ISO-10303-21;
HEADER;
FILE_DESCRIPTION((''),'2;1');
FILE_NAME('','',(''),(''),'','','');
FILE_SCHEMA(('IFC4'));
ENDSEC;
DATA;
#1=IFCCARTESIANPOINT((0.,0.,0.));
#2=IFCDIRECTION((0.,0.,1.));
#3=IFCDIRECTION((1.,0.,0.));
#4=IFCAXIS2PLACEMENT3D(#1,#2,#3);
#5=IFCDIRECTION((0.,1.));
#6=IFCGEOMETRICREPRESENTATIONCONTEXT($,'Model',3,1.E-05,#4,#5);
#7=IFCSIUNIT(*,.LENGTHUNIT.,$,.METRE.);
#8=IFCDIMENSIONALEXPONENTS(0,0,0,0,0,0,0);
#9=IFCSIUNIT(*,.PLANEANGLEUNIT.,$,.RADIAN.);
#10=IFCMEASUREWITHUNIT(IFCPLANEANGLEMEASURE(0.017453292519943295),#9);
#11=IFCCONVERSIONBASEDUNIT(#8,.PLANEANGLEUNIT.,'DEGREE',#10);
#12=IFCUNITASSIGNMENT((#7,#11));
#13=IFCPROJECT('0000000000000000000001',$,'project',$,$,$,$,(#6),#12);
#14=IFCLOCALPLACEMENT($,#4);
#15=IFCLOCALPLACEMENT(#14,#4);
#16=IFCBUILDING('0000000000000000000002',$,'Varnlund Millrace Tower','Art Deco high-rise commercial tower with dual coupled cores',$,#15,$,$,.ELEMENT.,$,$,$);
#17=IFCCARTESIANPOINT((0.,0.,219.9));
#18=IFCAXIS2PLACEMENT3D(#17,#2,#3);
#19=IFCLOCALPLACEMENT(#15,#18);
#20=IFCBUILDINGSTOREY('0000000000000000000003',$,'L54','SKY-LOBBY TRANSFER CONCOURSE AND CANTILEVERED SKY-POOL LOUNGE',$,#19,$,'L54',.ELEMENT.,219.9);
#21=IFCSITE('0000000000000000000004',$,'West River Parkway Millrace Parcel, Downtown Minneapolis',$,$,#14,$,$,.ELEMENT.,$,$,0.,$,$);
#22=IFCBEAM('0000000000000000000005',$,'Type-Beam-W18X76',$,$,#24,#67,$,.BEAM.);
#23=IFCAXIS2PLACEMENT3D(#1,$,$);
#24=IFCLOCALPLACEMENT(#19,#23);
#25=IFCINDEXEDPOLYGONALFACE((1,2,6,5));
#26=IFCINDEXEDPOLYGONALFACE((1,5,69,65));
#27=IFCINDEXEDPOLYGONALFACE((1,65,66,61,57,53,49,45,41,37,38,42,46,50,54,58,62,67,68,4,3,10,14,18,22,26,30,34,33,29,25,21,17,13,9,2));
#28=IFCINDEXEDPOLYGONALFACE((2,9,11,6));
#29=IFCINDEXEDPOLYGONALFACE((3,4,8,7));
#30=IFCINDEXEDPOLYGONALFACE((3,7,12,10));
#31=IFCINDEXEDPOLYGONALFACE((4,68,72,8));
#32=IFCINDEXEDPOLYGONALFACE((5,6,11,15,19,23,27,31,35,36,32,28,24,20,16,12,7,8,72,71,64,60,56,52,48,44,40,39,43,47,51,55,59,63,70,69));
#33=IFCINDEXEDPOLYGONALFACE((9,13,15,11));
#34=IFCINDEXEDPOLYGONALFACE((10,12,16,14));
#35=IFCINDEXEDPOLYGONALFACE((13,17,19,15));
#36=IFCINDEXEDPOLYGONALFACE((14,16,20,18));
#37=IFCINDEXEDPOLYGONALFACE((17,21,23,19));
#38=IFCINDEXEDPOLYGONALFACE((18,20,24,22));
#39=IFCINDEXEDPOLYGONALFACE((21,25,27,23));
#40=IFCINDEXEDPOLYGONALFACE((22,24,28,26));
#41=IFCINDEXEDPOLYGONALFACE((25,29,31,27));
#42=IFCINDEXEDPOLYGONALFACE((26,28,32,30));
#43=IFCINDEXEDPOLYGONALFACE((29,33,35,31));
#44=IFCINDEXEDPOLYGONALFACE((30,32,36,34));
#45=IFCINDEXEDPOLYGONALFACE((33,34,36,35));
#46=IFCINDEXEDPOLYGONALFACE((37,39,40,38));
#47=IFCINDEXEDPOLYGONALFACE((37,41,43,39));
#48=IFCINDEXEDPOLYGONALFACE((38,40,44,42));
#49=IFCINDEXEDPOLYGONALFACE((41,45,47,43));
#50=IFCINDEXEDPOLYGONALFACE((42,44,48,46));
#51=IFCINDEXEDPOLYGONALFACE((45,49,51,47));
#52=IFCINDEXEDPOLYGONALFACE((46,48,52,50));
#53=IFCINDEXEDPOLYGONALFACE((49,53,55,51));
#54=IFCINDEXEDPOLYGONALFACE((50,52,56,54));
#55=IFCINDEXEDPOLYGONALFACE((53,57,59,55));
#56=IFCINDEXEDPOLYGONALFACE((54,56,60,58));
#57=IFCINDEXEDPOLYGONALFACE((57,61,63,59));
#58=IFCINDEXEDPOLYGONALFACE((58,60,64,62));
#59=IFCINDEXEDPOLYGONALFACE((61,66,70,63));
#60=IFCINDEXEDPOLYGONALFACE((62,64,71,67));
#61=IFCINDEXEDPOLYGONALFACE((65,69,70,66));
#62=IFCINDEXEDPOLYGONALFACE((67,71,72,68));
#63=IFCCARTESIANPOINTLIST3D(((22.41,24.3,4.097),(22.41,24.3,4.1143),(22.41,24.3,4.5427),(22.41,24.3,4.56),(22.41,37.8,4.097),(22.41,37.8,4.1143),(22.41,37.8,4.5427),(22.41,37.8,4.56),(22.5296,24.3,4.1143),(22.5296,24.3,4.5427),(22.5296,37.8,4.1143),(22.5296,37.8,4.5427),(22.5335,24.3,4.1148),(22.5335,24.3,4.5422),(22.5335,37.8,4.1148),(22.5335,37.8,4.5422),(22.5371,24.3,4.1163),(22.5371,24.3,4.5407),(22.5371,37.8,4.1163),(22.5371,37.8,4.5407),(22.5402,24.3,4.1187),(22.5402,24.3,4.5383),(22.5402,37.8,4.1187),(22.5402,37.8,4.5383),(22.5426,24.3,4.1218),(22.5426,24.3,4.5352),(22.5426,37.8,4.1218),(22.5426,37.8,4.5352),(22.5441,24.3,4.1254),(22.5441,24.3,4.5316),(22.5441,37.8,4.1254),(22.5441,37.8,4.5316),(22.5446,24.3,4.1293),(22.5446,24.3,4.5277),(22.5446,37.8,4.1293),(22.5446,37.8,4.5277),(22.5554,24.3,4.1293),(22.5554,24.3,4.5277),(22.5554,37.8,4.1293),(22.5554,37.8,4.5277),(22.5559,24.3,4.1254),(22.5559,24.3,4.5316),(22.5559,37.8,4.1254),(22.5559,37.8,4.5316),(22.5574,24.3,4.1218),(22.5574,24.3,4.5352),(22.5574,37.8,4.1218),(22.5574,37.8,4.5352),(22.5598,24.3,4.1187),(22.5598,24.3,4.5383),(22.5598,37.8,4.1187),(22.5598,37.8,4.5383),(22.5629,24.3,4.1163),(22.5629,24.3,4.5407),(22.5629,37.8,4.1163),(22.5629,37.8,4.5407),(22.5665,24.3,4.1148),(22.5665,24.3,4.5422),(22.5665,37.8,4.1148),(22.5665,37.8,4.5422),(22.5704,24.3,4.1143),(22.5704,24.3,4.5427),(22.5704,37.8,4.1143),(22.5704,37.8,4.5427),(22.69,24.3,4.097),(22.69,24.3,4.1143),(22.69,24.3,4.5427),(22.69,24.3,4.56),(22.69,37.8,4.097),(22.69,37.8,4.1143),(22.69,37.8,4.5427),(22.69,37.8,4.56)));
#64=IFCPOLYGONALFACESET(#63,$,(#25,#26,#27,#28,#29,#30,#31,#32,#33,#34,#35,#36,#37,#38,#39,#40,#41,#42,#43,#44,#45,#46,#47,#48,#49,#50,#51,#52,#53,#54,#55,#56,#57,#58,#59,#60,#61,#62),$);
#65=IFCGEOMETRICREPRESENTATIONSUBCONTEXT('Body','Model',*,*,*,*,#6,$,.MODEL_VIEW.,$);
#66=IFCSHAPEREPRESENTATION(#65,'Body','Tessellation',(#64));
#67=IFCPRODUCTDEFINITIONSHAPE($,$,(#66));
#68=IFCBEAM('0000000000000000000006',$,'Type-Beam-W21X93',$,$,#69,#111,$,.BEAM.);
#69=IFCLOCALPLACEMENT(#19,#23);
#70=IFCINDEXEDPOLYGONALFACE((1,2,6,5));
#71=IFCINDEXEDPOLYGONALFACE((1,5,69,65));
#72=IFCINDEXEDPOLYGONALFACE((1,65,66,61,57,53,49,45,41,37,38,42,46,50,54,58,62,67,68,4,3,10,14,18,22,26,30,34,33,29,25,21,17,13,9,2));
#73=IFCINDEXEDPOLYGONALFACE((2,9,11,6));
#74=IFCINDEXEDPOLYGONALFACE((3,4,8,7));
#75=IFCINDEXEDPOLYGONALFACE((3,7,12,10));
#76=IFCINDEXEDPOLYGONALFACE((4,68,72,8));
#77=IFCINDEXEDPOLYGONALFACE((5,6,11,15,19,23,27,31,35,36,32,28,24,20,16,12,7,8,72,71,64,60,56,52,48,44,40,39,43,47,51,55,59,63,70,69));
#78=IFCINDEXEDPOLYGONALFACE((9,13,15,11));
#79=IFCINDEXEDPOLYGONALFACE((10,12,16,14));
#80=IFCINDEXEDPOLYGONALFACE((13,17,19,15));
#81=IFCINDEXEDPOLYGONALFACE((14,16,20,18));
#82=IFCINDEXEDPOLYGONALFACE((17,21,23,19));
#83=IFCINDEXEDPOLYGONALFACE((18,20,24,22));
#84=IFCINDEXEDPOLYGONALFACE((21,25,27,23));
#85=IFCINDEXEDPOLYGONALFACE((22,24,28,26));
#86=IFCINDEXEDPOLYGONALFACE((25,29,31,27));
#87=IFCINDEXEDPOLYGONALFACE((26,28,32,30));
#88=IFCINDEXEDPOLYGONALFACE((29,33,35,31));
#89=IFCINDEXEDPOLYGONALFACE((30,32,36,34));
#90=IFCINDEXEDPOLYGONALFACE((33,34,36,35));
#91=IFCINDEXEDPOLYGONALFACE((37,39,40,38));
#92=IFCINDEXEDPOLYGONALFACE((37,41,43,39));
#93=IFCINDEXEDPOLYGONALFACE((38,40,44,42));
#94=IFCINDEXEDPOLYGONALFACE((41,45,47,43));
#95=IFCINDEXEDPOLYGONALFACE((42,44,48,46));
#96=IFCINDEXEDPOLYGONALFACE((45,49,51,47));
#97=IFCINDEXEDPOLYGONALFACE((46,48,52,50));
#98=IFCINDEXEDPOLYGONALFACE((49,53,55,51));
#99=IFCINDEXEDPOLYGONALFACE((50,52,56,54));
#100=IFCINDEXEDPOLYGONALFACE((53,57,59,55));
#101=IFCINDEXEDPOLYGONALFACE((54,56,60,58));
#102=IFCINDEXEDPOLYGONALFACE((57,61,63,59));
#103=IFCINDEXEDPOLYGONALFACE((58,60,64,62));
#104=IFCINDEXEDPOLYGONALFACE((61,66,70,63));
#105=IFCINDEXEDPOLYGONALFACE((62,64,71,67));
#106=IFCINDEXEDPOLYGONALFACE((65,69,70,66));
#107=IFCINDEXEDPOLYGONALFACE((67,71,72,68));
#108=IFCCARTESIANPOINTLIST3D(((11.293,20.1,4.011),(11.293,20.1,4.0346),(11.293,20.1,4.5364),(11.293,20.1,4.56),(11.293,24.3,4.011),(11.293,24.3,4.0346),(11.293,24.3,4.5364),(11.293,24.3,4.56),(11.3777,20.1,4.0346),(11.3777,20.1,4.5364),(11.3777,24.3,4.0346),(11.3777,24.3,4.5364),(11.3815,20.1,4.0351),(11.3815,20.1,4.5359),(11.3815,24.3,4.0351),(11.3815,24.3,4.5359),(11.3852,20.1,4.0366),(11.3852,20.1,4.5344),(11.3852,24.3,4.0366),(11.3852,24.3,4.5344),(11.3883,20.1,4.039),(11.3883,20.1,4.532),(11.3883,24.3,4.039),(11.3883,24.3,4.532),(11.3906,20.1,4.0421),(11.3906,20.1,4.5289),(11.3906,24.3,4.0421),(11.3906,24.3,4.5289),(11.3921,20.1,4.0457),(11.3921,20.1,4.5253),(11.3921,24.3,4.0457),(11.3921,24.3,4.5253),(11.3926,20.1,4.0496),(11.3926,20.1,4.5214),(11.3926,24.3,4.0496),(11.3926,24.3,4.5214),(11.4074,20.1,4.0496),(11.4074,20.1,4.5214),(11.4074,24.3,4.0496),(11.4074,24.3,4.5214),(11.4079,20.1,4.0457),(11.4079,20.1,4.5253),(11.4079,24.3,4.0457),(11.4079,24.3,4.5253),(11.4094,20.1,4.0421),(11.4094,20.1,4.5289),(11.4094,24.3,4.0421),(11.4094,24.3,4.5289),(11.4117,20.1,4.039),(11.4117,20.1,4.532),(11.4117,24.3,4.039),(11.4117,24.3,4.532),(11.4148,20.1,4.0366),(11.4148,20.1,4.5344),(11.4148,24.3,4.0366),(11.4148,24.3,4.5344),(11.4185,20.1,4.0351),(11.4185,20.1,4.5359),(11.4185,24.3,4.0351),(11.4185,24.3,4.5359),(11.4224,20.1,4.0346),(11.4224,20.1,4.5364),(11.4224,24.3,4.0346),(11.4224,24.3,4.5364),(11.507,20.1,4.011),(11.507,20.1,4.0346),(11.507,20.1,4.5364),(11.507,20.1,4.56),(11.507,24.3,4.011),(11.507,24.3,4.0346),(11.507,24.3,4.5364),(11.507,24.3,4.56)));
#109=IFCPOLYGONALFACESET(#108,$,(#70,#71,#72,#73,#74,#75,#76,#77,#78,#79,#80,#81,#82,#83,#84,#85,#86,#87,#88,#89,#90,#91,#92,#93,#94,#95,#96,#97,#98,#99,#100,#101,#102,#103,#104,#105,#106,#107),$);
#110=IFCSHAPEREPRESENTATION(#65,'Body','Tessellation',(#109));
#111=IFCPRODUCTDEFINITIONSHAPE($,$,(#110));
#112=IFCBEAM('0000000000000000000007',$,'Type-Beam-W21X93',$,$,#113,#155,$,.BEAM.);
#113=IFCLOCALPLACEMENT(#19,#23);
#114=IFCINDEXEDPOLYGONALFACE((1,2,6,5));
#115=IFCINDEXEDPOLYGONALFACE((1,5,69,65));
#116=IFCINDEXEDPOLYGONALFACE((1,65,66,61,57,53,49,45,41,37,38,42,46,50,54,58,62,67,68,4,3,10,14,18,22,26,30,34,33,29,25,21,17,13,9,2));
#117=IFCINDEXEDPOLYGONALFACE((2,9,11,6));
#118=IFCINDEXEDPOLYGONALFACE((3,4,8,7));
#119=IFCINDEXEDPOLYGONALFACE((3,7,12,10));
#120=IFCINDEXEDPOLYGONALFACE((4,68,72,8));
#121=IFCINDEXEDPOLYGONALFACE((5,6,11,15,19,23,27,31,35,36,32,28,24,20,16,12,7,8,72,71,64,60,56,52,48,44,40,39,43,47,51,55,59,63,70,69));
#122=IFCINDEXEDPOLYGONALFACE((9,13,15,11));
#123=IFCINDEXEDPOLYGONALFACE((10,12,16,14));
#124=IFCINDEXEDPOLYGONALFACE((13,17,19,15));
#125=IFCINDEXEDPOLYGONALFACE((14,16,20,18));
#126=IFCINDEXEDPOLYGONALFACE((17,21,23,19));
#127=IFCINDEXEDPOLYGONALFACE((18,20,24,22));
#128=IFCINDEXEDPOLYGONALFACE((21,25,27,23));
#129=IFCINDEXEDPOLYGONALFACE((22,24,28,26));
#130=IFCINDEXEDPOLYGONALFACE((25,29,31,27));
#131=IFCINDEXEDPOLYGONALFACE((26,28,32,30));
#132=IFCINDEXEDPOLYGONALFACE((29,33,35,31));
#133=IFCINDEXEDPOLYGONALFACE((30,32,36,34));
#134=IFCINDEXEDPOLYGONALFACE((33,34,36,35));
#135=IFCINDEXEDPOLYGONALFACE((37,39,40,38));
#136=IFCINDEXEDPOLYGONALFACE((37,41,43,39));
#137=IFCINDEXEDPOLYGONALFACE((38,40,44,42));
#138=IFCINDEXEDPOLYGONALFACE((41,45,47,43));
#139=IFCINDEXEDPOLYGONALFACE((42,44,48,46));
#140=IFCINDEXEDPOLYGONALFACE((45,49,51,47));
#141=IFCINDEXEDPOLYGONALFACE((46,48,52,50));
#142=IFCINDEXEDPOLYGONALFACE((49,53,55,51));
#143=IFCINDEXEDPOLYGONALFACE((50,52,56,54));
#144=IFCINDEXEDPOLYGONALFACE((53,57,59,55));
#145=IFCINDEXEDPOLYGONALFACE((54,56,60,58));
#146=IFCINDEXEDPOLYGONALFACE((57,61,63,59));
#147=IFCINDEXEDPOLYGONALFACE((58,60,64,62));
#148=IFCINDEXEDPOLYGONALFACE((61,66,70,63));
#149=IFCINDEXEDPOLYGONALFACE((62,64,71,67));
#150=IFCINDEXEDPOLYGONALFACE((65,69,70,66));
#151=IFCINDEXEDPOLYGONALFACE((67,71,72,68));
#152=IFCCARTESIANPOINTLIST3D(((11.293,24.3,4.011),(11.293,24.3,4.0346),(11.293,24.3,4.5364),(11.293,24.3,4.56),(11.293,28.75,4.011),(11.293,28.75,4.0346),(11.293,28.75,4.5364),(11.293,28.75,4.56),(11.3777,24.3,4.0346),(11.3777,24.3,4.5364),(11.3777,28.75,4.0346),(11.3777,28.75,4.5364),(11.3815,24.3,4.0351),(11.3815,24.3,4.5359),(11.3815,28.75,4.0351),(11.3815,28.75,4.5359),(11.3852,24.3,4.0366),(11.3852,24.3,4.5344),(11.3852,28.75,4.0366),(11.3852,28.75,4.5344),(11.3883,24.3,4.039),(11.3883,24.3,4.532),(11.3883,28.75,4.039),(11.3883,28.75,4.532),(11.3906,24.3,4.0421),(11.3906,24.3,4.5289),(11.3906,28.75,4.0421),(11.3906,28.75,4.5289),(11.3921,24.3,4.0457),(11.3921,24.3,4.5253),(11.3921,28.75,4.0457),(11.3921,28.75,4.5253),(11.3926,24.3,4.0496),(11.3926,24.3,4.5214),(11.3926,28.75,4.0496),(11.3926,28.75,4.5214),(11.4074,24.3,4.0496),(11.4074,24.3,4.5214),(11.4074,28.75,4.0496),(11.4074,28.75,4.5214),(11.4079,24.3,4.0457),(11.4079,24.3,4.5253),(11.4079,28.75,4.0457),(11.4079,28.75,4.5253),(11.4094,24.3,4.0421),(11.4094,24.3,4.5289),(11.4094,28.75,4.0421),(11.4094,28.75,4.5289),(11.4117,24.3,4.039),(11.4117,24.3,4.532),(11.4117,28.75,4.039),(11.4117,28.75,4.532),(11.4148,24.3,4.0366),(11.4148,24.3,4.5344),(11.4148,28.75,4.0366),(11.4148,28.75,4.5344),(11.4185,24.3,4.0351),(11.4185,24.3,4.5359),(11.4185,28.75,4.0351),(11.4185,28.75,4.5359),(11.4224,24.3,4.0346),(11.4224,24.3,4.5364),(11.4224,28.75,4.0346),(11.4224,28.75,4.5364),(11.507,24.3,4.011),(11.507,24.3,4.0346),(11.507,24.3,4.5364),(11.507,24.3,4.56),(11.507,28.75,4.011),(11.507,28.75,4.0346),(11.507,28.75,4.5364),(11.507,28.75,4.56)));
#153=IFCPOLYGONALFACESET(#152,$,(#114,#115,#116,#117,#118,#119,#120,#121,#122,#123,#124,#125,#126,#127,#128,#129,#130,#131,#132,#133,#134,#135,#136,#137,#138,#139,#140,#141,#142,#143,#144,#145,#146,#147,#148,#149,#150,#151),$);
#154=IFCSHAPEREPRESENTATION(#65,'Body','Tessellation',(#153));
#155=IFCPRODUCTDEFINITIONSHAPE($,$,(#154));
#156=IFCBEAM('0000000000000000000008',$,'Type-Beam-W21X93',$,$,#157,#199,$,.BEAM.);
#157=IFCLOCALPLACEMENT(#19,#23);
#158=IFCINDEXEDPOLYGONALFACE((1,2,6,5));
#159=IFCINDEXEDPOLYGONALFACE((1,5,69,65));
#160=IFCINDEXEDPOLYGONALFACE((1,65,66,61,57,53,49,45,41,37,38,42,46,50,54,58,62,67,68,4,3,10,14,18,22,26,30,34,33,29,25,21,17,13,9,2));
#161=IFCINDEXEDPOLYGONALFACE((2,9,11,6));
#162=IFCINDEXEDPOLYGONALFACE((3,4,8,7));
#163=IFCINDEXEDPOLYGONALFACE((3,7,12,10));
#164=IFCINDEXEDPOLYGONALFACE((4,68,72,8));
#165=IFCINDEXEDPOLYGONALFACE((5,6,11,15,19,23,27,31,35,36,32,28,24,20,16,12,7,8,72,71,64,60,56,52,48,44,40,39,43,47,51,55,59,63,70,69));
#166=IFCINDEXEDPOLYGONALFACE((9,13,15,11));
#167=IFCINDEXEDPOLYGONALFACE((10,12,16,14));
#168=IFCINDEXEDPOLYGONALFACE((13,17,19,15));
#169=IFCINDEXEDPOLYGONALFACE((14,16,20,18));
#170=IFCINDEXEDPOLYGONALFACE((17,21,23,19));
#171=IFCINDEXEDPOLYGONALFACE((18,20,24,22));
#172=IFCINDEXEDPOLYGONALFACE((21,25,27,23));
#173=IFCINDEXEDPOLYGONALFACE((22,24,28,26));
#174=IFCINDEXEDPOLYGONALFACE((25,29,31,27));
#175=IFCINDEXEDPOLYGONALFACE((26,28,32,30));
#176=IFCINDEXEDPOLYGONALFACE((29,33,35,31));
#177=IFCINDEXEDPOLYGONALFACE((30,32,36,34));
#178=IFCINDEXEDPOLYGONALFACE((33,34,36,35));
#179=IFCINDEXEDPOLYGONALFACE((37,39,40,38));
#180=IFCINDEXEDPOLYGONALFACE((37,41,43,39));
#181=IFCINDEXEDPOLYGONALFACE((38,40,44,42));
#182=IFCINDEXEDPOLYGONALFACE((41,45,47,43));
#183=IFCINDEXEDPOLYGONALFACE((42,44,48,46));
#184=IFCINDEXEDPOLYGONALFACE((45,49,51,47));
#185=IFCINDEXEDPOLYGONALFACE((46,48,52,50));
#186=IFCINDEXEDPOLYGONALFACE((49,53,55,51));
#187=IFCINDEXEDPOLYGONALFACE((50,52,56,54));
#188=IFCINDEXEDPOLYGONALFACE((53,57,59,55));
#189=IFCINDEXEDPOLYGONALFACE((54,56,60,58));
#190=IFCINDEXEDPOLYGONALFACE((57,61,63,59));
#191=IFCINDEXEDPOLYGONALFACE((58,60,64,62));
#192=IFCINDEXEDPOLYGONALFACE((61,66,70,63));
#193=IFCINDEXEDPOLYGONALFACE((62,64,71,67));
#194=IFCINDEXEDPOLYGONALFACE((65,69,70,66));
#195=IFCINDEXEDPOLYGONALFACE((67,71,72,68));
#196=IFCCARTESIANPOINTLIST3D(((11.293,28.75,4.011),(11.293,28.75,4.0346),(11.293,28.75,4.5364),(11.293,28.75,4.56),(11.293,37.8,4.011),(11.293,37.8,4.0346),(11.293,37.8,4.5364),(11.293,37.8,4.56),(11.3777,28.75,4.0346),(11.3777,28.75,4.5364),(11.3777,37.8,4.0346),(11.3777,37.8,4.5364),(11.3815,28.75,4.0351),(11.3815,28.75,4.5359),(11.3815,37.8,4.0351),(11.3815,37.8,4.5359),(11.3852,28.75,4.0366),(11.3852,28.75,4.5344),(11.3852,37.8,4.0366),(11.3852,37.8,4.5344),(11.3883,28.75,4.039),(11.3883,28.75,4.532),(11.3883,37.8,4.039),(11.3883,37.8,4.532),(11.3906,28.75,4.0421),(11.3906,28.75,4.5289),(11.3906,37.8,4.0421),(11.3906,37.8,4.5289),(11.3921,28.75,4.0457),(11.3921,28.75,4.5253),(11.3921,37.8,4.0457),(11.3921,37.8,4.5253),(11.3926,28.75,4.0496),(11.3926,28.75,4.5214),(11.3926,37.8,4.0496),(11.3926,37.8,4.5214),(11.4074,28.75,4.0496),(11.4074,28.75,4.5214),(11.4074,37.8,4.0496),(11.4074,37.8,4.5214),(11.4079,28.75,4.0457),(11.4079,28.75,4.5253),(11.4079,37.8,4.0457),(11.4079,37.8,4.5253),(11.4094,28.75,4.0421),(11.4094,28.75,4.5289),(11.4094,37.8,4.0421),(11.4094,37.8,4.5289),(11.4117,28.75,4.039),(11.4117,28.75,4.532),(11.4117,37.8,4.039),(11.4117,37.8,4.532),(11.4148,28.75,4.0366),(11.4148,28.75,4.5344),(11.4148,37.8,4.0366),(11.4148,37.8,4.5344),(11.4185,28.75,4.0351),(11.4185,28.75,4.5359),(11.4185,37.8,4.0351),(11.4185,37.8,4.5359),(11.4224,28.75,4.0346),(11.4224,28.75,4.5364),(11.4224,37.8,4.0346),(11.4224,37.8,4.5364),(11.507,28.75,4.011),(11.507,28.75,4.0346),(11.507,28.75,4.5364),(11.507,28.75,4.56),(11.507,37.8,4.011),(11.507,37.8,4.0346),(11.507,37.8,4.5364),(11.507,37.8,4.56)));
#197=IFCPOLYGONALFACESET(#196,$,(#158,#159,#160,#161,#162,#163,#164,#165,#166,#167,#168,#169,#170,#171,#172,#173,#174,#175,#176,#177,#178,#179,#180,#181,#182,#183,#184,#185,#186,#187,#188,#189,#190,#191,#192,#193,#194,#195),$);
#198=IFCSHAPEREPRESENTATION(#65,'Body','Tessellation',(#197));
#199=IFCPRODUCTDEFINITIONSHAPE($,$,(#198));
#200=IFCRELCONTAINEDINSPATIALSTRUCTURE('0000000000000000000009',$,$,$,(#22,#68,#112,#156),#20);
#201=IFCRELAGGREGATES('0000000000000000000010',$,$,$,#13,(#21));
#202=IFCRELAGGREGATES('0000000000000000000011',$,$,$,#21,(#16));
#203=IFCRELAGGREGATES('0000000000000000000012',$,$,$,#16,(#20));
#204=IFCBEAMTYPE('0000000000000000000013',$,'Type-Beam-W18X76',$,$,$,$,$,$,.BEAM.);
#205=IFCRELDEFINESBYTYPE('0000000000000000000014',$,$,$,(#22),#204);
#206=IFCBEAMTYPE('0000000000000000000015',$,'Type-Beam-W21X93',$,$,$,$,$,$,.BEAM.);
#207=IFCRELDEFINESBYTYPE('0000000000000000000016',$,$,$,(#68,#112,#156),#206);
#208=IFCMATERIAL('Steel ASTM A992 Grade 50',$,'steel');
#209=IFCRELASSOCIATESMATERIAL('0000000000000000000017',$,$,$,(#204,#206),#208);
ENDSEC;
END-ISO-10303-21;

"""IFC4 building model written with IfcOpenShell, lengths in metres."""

from ifc_helpers import new_model, entity, si_unit, converted_unit, direction, frame, origin_with_axes, origin_2d_with_axis, place, context, subcontext, project, spatial, i_section, extrude, material, material_profile, profile_set, type_object, element, save


model = new_model("IFC4")

# Units and contexts
model_context = context("Model", 3, precision=1e-05, world=origin_with_axes(), true_north=direction((0.0, 1.0)))
body_context = subcontext(model_context, "Body", "Model", "MODEL_VIEW")
ifc_project = project(units=[si_unit("LENGTHUNIT", "METRE"), converted_unit("PLANEANGLEUNIT", "DEGREE", entity("IfcPlaneAngleMeasure", 0.017453292519943295), si_unit("PLANEANGLEUNIT", "RADIAN"), dimensions=[0, 0, 0, 0, 0, 0, 0])], contexts=[model_context])

# Site, building, storey
site_placement = place(None, origin_with_axes())
site = spatial("IfcSite", under=ifc_project, at=site_placement, Name="West River Parkway Millrace Parcel, Downtown Minneapolis", CompositionType="ELEMENT", RefElevation=0.0)
building_placement = place(site_placement, origin_with_axes())
building = spatial("IfcBuilding", under=site, at=building_placement, Name="Varnlund Millrace Tower", Description="Art Deco high-rise commercial tower with dual coupled cores", CompositionType="ELEMENT")
storey_placement = place(building_placement, frame((0.0, 0.0, 219.9), z_axis=(0.0, 0.0, 1.0), x_axis=(1.0, 0.0, 0.0)))
storey = spatial("IfcBuildingStorey", under=building, at=storey_placement, Name="L54", Description="SKY-LOBBY TRANSFER CONCOURSE AND CANTILEVERED SKY-POOL LOUNGE", LongName="L54", CompositionType="ELEMENT", Elevation=219.9)

# Beams
ifc_material_1 = material(Name="Steel ASTM A992 Grade 50", Category="steel")
ifc_material_profile_1 = material_profile(ifc_material_1, i_section(OverallWidth=0.28, OverallDepth=0.463, WebThickness=0.0108, FlangeThickness=0.0173, FilletRadius=0.015, at=origin_2d_with_axis()), Name="Steel ASTM A992 Grade 50")
ifc_profile_set_1 = profile_set([ifc_material_profile_1], Name="Steel ASTM A992 Grade 50")
beam_type_1 = type_object("IfcBeamType", Name="Type-Beam-W18X76", PredefinedType="BEAM", material=ifc_profile_set_1)
beam_1_placement = place(storey_placement, frame((22.55, 24.3, 4.3285), z_axis=(0.0, 1.0, 0.0), x_axis=(-1.0, 0.0, 0.0)))
element("IfcBeam", 1, at=beam_1_placement, inside=storey, type_object=beam_type_1, Name="Type-Beam-W18X76", PredefinedType="BEAM", context=body_context, shape_type="SweptSolid", body=[
    extrude(i_section(OverallWidth=0.28, OverallDepth=0.463, WebThickness=0.0108, FlangeThickness=0.0173, FilletRadius=0.015, at=origin_2d_with_axis()), origin_with_axes(), (0.0, 0.0, 1.0), 13.5),
])
ifc_material_profile_2 = material_profile(ifc_material_1, i_section(OverallWidth=0.214, OverallDepth=0.549, WebThickness=0.0147, FlangeThickness=0.0236, FilletRadius=0.015, at=origin_2d_with_axis()), Name="Steel ASTM A992 Grade 50")
ifc_profile_set_2 = profile_set([ifc_material_profile_2], Name="Steel ASTM A992 Grade 50")
beam_type_2 = type_object("IfcBeamType", Name="Type-Beam-W21X93", PredefinedType="BEAM", material=ifc_profile_set_2)
beam_2_placement = place(storey_placement, frame((11.4, 20.1, 4.2855), z_axis=(0.0, 1.0, 0.0), x_axis=(-1.0, 0.0, 0.0)))
element("IfcBeam", 2, at=beam_2_placement, inside=storey, type_object=beam_type_2, Name="Type-Beam-W21X93", PredefinedType="BEAM", context=body_context, shape_type="SweptSolid", body=[
    extrude(i_section(OverallWidth=0.214, OverallDepth=0.549, WebThickness=0.0147, FlangeThickness=0.0236, FilletRadius=0.015, at=origin_2d_with_axis()), origin_with_axes(), (0.0, 0.0, 1.0), 4.2),
])
beam_3_placement = place(storey_placement, frame((11.4, 24.3, 4.2855), z_axis=(0.0, 1.0, 0.0), x_axis=(-1.0, 0.0, 0.0)))
element("IfcBeam", 3, at=beam_3_placement, inside=storey, type_object=beam_type_2, Name="Type-Beam-W21X93", PredefinedType="BEAM", context=body_context, shape_type="SweptSolid", body=[
    extrude(i_section(OverallWidth=0.214, OverallDepth=0.549, WebThickness=0.0147, FlangeThickness=0.0236, FilletRadius=0.015, at=origin_2d_with_axis()), origin_with_axes(), (0.0, 0.0, 1.0), 4.45),
])
beam_4_placement = place(storey_placement, frame((11.4, 28.75, 4.2855), z_axis=(0.0, 1.0, 0.0), x_axis=(-1.0, 0.0, 0.0)))
element("IfcBeam", 4, at=beam_4_placement, inside=storey, type_object=beam_type_2, Name="Type-Beam-W21X93", PredefinedType="BEAM", context=body_context, shape_type="SweptSolid", body=[
    extrude(i_section(OverallWidth=0.214, OverallDepth=0.549, WebThickness=0.0147, FlangeThickness=0.0236, FilletRadius=0.015, at=origin_2d_with_axis()), origin_with_axes(), (0.0, 0.0, 1.0), 9.05),
])

save(model, "model.ifc")
